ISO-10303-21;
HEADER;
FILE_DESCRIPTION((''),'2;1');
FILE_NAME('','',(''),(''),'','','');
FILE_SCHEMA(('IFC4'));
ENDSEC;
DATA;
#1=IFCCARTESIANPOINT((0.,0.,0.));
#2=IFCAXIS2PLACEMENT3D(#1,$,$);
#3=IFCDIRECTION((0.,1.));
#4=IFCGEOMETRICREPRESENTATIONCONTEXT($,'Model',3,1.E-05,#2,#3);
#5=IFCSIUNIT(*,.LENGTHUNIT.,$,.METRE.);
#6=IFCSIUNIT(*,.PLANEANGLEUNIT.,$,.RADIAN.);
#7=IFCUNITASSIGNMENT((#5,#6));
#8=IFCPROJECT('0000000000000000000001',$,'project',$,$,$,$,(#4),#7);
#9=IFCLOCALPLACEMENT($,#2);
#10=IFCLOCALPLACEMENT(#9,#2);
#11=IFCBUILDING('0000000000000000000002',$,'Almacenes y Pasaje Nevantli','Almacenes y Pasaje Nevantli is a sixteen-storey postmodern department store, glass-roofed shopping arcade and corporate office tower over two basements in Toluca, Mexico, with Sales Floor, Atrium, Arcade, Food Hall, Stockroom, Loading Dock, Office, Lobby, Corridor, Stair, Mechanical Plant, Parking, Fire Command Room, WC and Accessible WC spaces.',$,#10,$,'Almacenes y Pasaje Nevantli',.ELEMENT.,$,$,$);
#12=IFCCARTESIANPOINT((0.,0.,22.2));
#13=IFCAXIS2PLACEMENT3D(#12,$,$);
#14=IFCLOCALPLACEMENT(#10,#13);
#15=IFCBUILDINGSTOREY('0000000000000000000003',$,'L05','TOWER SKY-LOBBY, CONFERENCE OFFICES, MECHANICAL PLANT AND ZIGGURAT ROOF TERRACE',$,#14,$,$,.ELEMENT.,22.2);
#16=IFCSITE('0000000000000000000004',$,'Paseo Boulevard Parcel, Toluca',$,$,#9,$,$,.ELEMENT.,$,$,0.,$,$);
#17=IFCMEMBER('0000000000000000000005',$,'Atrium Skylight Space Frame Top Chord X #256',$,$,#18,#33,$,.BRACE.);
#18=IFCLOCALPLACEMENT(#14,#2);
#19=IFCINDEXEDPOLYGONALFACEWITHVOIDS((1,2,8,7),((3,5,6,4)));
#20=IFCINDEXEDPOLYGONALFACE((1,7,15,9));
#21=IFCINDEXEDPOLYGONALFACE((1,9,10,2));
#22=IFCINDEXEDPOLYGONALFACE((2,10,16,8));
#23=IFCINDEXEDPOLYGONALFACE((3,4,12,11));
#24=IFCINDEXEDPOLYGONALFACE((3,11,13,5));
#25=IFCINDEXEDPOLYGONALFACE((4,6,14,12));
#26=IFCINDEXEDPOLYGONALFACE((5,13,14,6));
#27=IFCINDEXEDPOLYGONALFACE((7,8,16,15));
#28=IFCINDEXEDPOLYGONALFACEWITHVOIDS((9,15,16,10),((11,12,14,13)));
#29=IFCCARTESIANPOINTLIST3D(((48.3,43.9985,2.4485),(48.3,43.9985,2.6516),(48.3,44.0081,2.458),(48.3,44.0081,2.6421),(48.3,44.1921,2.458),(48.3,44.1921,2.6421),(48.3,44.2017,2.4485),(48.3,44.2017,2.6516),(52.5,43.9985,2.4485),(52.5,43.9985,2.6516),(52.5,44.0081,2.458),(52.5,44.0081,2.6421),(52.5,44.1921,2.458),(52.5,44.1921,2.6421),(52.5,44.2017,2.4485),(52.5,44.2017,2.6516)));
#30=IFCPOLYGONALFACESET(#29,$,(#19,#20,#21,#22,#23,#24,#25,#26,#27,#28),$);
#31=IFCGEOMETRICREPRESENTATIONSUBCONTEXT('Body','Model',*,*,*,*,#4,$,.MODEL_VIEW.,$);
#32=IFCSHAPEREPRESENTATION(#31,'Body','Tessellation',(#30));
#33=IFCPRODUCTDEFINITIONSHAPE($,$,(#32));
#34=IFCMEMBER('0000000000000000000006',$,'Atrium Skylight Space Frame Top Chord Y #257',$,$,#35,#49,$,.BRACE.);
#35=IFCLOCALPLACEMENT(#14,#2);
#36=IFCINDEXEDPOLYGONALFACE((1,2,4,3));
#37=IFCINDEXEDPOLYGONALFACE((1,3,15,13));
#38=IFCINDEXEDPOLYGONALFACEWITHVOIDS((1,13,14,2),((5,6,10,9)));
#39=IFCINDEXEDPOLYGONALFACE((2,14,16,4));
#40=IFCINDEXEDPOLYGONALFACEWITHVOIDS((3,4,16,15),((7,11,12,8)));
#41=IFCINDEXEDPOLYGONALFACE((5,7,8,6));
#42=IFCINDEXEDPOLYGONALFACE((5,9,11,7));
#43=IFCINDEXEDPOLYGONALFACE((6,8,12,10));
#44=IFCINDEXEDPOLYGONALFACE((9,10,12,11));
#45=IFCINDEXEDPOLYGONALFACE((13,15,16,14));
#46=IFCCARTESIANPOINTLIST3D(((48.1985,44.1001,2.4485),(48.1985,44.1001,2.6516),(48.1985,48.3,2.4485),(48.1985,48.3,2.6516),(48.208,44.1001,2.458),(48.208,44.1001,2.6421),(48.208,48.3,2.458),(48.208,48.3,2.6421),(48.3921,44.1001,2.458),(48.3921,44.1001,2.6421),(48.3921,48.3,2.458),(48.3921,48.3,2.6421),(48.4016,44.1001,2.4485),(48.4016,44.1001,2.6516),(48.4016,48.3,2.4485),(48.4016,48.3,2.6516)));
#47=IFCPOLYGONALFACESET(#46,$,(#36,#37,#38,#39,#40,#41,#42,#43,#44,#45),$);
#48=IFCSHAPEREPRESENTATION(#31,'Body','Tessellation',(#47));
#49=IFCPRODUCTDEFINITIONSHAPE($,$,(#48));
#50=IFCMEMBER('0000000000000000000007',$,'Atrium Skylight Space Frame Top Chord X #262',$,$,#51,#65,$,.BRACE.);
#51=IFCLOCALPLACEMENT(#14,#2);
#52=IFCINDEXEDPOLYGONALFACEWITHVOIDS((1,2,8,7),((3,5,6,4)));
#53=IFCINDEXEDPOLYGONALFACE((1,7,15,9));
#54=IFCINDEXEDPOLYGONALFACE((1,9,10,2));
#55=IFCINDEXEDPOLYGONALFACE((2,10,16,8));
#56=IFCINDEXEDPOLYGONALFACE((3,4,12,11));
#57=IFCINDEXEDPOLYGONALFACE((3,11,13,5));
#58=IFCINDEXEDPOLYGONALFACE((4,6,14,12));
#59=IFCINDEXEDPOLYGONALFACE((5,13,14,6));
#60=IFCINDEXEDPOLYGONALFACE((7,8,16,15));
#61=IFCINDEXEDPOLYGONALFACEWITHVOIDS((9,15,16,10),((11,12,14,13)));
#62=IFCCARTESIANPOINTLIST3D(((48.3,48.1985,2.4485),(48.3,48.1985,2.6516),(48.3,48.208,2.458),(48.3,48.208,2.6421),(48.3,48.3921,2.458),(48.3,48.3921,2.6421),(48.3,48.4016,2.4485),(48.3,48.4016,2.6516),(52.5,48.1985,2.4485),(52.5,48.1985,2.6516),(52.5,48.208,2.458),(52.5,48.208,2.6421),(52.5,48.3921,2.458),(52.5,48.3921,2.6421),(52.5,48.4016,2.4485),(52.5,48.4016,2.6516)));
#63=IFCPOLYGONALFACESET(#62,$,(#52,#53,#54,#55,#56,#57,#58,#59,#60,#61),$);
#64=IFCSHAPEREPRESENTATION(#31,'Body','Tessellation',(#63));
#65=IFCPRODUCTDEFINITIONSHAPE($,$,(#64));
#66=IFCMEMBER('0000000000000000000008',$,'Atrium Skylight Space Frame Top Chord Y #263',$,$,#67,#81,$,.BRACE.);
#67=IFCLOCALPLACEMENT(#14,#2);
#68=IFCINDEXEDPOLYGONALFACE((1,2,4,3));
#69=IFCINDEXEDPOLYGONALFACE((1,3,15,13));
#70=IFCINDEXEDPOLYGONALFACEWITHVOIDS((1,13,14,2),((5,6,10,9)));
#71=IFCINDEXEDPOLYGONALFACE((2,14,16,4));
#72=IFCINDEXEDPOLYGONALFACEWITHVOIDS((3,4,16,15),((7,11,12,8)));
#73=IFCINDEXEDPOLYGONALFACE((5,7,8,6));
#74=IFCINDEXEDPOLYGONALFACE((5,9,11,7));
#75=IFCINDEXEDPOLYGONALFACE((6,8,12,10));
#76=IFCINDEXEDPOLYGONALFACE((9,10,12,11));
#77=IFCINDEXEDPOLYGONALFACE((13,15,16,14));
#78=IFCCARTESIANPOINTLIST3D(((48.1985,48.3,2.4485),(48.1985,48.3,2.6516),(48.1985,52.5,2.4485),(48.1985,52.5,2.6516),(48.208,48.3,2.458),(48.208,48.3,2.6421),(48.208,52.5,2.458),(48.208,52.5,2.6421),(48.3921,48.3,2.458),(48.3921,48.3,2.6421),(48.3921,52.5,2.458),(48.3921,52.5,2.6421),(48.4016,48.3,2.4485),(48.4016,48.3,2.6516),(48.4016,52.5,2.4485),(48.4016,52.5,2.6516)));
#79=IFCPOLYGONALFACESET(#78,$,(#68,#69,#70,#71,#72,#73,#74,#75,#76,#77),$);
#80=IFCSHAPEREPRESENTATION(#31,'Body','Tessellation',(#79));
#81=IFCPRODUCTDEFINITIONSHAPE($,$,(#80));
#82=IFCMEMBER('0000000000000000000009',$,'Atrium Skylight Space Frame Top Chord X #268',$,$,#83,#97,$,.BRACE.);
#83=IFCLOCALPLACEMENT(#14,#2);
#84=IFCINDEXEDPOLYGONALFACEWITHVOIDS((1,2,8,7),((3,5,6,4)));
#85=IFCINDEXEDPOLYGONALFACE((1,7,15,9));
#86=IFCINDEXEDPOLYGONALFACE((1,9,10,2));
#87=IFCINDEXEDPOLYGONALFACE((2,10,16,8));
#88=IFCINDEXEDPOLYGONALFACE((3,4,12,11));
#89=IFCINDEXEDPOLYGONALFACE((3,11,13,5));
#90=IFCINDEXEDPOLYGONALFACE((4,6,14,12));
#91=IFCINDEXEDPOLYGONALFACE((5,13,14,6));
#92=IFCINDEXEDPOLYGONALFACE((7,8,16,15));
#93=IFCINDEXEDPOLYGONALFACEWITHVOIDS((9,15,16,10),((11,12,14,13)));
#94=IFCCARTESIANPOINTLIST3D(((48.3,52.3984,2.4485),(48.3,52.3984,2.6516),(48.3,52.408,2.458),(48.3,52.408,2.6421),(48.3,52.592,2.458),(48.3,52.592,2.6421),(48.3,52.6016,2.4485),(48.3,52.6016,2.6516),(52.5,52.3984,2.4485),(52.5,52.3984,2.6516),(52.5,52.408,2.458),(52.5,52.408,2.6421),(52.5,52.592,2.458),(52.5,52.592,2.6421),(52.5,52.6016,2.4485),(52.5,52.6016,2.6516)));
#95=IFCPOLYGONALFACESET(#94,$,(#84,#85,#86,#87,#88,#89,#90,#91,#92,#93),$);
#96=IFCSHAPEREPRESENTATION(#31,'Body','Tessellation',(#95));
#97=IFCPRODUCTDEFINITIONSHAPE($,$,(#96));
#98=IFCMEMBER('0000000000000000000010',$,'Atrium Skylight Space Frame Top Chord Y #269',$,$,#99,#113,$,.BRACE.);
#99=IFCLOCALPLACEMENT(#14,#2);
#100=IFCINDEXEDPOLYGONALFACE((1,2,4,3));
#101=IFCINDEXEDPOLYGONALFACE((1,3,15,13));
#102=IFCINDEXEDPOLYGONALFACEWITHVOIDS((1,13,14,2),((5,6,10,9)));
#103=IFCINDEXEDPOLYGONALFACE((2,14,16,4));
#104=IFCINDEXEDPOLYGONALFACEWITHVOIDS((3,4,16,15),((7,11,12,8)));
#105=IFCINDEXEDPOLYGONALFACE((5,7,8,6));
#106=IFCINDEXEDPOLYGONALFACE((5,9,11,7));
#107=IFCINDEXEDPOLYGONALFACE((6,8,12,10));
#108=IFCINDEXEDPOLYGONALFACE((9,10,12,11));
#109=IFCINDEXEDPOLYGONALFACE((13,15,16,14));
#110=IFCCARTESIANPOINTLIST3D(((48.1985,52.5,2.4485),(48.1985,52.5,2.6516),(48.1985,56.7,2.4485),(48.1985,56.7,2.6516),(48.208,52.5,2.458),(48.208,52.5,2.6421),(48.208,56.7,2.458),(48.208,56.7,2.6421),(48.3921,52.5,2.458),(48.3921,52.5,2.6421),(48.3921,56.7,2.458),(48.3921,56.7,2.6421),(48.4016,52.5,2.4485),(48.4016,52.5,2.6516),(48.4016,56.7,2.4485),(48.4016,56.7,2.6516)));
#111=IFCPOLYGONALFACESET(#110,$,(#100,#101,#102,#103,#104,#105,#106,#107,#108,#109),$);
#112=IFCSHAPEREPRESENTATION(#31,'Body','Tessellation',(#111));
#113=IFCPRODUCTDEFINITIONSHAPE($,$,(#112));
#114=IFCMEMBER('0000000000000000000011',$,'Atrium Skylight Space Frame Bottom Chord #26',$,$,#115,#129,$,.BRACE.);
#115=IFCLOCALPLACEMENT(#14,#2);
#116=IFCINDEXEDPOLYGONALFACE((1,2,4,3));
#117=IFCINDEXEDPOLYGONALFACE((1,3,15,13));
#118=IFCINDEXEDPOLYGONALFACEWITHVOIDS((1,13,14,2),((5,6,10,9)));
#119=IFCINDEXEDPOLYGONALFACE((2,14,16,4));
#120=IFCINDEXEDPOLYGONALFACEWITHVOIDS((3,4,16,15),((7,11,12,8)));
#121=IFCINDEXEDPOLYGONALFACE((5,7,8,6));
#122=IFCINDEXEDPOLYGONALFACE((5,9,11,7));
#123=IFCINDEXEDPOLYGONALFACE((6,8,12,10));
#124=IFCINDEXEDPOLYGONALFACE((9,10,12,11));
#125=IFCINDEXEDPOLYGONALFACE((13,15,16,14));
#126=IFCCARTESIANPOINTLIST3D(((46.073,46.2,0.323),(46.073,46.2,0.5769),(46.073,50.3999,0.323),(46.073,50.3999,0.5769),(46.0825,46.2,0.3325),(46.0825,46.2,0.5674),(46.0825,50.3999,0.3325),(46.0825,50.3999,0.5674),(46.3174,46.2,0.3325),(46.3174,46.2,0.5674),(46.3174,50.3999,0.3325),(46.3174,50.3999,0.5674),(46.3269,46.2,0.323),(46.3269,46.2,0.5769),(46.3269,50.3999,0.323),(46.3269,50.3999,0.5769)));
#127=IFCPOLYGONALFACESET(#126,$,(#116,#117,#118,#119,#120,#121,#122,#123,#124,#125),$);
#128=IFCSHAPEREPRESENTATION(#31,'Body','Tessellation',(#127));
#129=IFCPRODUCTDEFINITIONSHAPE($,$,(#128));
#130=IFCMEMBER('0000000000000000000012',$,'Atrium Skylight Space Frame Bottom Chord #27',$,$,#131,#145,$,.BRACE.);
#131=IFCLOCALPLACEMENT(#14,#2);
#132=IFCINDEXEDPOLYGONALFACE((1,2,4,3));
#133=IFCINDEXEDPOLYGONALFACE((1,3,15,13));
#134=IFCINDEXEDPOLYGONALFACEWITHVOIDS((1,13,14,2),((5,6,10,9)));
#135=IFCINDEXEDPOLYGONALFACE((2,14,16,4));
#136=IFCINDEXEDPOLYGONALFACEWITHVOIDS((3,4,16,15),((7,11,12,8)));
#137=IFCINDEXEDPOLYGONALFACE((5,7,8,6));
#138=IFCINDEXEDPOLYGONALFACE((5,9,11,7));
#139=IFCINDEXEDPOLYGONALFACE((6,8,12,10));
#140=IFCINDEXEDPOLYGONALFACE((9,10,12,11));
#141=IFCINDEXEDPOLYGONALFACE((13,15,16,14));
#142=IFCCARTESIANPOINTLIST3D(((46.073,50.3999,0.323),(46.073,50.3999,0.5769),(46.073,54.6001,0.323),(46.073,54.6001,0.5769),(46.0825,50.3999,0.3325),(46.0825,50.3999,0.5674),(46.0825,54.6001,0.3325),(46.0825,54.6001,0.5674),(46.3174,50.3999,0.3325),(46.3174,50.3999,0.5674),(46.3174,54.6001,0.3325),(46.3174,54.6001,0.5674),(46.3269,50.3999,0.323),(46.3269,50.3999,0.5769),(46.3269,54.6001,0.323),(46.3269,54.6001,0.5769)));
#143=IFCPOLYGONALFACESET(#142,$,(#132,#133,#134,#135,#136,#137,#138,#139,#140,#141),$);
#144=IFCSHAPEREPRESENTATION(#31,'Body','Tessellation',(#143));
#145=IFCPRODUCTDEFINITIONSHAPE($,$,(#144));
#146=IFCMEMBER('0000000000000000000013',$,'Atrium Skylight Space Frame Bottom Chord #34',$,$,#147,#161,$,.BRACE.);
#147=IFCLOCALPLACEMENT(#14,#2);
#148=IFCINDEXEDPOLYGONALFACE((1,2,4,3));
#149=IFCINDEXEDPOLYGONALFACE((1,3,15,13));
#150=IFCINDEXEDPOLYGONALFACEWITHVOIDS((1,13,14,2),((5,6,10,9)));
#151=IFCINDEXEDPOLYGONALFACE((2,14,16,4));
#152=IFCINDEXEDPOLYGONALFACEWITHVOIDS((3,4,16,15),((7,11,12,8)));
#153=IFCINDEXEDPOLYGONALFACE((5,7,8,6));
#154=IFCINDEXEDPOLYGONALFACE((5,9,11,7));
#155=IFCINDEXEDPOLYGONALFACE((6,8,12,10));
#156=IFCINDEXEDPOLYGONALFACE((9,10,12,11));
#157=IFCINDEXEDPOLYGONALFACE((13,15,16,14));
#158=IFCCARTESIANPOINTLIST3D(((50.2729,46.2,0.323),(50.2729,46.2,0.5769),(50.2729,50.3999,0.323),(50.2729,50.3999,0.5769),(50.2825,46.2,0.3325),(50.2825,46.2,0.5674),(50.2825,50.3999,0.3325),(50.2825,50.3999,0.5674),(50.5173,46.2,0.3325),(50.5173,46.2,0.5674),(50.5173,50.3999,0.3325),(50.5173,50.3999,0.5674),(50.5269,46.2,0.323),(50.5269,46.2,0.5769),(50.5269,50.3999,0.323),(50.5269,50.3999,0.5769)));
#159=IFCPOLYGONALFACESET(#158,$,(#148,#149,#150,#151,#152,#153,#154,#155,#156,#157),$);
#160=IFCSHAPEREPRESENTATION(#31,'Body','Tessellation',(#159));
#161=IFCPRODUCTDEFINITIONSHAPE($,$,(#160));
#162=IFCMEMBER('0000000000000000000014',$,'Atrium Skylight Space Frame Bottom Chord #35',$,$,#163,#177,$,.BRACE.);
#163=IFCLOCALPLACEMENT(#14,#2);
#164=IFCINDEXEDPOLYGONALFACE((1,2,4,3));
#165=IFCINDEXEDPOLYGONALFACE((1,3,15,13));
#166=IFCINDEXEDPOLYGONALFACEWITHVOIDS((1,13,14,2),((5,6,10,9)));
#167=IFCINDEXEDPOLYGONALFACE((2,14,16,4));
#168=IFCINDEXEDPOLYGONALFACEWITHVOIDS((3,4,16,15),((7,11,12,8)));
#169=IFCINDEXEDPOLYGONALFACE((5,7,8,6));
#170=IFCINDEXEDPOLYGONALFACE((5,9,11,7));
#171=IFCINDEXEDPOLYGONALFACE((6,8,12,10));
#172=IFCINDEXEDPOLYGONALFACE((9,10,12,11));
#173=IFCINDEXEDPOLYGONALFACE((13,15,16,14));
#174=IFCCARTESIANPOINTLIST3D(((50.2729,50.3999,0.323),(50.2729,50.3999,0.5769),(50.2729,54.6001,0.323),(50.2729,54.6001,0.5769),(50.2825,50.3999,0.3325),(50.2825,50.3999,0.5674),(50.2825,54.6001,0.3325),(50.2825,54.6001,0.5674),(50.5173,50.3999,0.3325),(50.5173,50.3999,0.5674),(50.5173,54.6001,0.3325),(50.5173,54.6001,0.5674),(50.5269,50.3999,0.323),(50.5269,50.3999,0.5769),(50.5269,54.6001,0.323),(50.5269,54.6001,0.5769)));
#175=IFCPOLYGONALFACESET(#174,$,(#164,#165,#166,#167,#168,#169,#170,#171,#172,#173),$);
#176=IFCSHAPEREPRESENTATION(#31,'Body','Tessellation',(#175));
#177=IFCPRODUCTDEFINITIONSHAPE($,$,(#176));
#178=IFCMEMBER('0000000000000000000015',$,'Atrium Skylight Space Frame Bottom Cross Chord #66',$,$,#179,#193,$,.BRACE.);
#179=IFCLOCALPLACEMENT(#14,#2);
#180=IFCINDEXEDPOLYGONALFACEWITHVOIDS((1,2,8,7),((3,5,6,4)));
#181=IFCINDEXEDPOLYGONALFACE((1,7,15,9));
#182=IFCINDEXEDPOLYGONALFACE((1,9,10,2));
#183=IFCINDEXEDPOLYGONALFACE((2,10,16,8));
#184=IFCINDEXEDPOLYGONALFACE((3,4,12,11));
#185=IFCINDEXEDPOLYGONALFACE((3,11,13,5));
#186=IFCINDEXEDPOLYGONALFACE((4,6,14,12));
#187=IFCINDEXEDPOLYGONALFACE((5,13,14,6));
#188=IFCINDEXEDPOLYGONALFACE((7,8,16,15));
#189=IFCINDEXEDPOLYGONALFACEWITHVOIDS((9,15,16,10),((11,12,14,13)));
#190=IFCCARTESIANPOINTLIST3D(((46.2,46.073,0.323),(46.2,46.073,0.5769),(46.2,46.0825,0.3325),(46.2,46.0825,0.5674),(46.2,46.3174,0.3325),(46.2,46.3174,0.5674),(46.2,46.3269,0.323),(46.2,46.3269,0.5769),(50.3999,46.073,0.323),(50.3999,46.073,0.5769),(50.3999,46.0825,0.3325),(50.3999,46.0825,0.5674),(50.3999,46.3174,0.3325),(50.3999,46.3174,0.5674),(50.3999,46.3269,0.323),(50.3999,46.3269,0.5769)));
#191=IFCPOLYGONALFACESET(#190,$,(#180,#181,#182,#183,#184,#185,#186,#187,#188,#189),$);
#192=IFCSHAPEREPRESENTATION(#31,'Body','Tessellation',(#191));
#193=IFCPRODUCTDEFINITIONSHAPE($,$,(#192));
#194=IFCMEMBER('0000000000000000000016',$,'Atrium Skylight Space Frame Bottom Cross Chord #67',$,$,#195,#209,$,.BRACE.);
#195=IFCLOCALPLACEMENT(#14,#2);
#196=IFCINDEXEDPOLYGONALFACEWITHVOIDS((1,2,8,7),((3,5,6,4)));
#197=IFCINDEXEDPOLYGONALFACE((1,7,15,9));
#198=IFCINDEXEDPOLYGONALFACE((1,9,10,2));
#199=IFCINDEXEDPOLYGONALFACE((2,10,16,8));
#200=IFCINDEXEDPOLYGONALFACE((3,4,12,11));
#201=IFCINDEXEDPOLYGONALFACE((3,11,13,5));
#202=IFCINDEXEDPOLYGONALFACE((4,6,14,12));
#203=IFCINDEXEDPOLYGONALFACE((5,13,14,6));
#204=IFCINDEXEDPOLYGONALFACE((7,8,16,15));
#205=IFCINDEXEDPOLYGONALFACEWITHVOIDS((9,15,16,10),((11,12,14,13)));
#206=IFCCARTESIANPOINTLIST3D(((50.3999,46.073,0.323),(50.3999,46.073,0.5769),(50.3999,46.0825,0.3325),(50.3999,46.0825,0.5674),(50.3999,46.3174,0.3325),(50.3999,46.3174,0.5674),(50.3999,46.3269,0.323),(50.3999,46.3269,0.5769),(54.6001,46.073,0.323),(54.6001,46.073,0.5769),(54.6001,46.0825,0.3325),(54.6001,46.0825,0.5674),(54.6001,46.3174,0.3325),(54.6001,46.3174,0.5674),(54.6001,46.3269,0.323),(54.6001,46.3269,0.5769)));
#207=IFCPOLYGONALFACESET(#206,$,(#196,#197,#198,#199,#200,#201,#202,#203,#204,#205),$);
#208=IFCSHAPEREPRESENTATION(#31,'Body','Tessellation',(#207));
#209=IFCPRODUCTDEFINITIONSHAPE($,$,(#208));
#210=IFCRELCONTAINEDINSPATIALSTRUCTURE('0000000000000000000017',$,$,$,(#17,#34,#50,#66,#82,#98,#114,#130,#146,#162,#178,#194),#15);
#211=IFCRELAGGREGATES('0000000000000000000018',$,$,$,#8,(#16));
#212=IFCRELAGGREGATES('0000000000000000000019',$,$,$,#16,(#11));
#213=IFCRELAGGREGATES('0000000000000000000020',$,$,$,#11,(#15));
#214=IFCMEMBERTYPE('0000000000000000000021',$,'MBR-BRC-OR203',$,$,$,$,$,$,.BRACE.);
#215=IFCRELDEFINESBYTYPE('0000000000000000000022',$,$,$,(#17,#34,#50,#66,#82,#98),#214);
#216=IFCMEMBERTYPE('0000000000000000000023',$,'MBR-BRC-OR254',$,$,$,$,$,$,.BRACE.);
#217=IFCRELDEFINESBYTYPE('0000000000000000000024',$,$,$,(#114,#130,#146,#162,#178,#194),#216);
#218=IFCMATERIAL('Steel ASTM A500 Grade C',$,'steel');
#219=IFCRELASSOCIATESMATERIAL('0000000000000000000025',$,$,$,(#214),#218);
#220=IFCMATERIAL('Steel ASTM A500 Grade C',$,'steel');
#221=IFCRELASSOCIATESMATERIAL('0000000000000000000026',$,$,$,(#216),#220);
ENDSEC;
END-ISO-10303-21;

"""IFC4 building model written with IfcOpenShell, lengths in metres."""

from ifc_helpers import new_model, si_unit, direction, frame, origin, origin_2d, place, context, subcontext, project, spatial, hollow_rectangle, extrude, material, material_profile, profile_set, type_object, element, save


model = new_model("IFC4")

# Units and contexts
model_context = context("Model", 3, precision=1e-05, world=origin(), true_north=direction((0.0, 1.0)))
body_context = subcontext(model_context, "Body", "Model", "MODEL_VIEW")
ifc_project = project(units=[si_unit("LENGTHUNIT", "METRE"), si_unit("PLANEANGLEUNIT", "RADIAN")], contexts=[model_context])

# Site, building, storey
site_placement = place(None, origin())
site = spatial("IfcSite", under=ifc_project, at=site_placement, Name="Paseo Boulevard Parcel, Toluca", CompositionType="ELEMENT", RefElevation=0.0)
building_placement = place(site_placement, origin())
building = spatial("IfcBuilding", under=site, at=building_placement, Name="Almacenes y Pasaje Nevantli", Description="Almacenes y Pasaje Nevantli is a sixteen-storey postmodern department store, glass-roofed shopping arcade and corporate office tower over two basements in Toluca, Mexico, with Sales Floor, Atrium, Arcade, Food Hall, Stockroom, Loading Dock, Office, Lobby, Corridor, Stair, Mechanical Plant, Parking, Fire Command Room, WC and Accessible WC spaces.", LongName="Almacenes y Pasaje Nevantli", CompositionType="ELEMENT")
storey_placement = place(building_placement, frame((0.0, 0.0, 22.2)))
storey = spatial("IfcBuildingStorey", under=building, at=storey_placement, Name="L05", Description="TOWER SKY-LOBBY, CONFERENCE OFFICES, MECHANICAL PLANT AND ZIGGURAT ROOF TERRACE", CompositionType="ELEMENT", Elevation=22.2)

# Members
ifc_material_1 = material(Name="Steel ASTM A500 Grade C", Category="steel")
ifc_material_profile_1 = material_profile(ifc_material_1, hollow_rectangle(XDim=0.2031, YDim=0.2031, WallThickness=0.0095, at=origin_2d()), Name="OR 203x203x9.5")
ifc_profile_set_1 = profile_set([ifc_material_profile_1], Name="Steel ASTM A500 Grade C")
member_type_1 = type_object("IfcMemberType", Name="MBR-BRC-OR203", PredefinedType="BRACE", material=ifc_profile_set_1)
for number, where, z_axis, x_axis, name in (
    (1, (48.3, 44.1001, 2.55), (1.0, 0.0, 0.0), (0.0, 1.0, 0.0), "Atrium Skylight Space Frame Top Chord X #256"),
    (2, (48.3, 44.1001, 2.55), (0.0, 1.0, 0.0), (-1.0, 0.0, 0.0), "Atrium Skylight Space Frame Top Chord Y #257"),
    (3, (48.3, 48.3, 2.55), (1.0, 0.0, 0.0), (0.0, 1.0, 0.0), "Atrium Skylight Space Frame Top Chord X #262"),
    (4, (48.3, 48.3, 2.55), (0.0, 1.0, 0.0), (-1.0, 0.0, 0.0), "Atrium Skylight Space Frame Top Chord Y #263"),
    (5, (48.3, 52.5, 2.55), (1.0, 0.0, 0.0), (0.0, 1.0, 0.0), "Atrium Skylight Space Frame Top Chord X #268"),
    (6, (48.3, 52.5, 2.55), (0.0, 1.0, 0.0), (-1.0, 0.0, 0.0), "Atrium Skylight Space Frame Top Chord Y #269"),
):
    element("IfcMember", number, at=place(storey_placement, frame(where, z_axis=z_axis, x_axis=x_axis)), inside=storey, type_object=member_type_1, Name=name, PredefinedType="BRACE", context=body_context, shape_type="SweptSolid", body=[
        extrude(hollow_rectangle(XDim=0.2031, YDim=0.2031, WallThickness=0.0095, at=origin_2d()), origin(), (0.0, 0.0, 1.0), 4.2),
    ])
ifc_material_2 = material(Name="Steel ASTM A500 Grade C", Category="steel")
ifc_material_profile_2 = material_profile(ifc_material_2, hollow_rectangle(XDim=0.2539, YDim=0.2539, WallThickness=0.0095, at=origin_2d()), Name="OR 254x254x9.5")
ifc_profile_set_2 = profile_set([ifc_material_profile_2], Name="Steel ASTM A500 Grade C")
member_type_2 = type_object("IfcMemberType", Name="MBR-BRC-OR254", PredefinedType="BRACE", material=ifc_profile_set_2)
member_1_placement = place(storey_placement, frame((46.2, 46.2, 0.45), z_axis=(0.0, 1.0, 0.0), x_axis=(-1.0, 0.0, 0.0)))
element("IfcMember", 7, at=member_1_placement, inside=storey, type_object=member_type_2, Name="Atrium Skylight Space Frame Bottom Chord #26", PredefinedType="BRACE", context=body_context, shape_type="SweptSolid", body=[
    extrude(hollow_rectangle(XDim=0.2539, YDim=0.2539, WallThickness=0.0095, at=origin_2d()), origin(), (0.0, 0.0, 1.0), 4.2),
])
member_2_placement = place(storey_placement, frame((46.2, 50.3999, 0.45), z_axis=(0.0, 1.0, 0.0), x_axis=(-1.0, 0.0, 0.0)))
element("IfcMember", 8, at=member_2_placement, inside=storey, type_object=member_type_2, Name="Atrium Skylight Space Frame Bottom Chord #27", PredefinedType="BRACE", context=body_context, shape_type="SweptSolid", body=[
    extrude(hollow_rectangle(XDim=0.2539, YDim=0.2539, WallThickness=0.0095, at=origin_2d()), origin(), (0.0, 0.0, 1.0), 4.2002),
])
member_3_placement = place(storey_placement, frame((50.3999, 46.2, 0.45), z_axis=(0.0, 1.0, 0.0), x_axis=(-1.0, 0.0, 0.0)))
element("IfcMember", 9, at=member_3_placement, inside=storey, type_object=member_type_2, Name="Atrium Skylight Space Frame Bottom Chord #34", PredefinedType="BRACE", context=body_context, shape_type="SweptSolid", body=[
    extrude(hollow_rectangle(XDim=0.2539, YDim=0.2539, WallThickness=0.0095, at=origin_2d()), origin(), (0.0, 0.0, 1.0), 4.2),
])
member_4_placement = place(storey_placement, frame((50.3999, 50.3999, 0.45), z_axis=(0.0, 1.0, 0.0), x_axis=(-1.0, 0.0, 0.0)))
element("IfcMember", 10, at=member_4_placement, inside=storey, type_object=member_type_2, Name="Atrium Skylight Space Frame Bottom Chord #35", PredefinedType="BRACE", context=body_context, shape_type="SweptSolid", body=[
    extrude(hollow_rectangle(XDim=0.2539, YDim=0.2539, WallThickness=0.0095, at=origin_2d()), origin(), (0.0, 0.0, 1.0), 4.2002),
])
member_5_placement = place(storey_placement, frame((46.2, 46.2, 0.45), z_axis=(1.0, 0.0, 0.0), x_axis=(0.0, 1.0, 0.0)))
element("IfcMember", 11, at=member_5_placement, inside=storey, type_object=member_type_2, Name="Atrium Skylight Space Frame Bottom Cross Chord #66", PredefinedType="BRACE", context=body_context, shape_type="SweptSolid", body=[
    extrude(hollow_rectangle(XDim=0.2539, YDim=0.2539, WallThickness=0.0095, at=origin_2d()), origin(), (0.0, 0.0, 1.0), 4.2),
])
member_6_placement = place(storey_placement, frame((50.3999, 46.2, 0.45), z_axis=(1.0, 0.0, 0.0), x_axis=(0.0, 1.0, 0.0)))
element("IfcMember", 12, at=member_6_placement, inside=storey, type_object=member_type_2, Name="Atrium Skylight Space Frame Bottom Cross Chord #67", PredefinedType="BRACE", context=body_context, shape_type="SweptSolid", body=[
    extrude(hollow_rectangle(XDim=0.2539, YDim=0.2539, WallThickness=0.0095, at=origin_2d()), origin(), (0.0, 0.0, 1.0), 4.2002),
])

save(model, "model.ifc")
